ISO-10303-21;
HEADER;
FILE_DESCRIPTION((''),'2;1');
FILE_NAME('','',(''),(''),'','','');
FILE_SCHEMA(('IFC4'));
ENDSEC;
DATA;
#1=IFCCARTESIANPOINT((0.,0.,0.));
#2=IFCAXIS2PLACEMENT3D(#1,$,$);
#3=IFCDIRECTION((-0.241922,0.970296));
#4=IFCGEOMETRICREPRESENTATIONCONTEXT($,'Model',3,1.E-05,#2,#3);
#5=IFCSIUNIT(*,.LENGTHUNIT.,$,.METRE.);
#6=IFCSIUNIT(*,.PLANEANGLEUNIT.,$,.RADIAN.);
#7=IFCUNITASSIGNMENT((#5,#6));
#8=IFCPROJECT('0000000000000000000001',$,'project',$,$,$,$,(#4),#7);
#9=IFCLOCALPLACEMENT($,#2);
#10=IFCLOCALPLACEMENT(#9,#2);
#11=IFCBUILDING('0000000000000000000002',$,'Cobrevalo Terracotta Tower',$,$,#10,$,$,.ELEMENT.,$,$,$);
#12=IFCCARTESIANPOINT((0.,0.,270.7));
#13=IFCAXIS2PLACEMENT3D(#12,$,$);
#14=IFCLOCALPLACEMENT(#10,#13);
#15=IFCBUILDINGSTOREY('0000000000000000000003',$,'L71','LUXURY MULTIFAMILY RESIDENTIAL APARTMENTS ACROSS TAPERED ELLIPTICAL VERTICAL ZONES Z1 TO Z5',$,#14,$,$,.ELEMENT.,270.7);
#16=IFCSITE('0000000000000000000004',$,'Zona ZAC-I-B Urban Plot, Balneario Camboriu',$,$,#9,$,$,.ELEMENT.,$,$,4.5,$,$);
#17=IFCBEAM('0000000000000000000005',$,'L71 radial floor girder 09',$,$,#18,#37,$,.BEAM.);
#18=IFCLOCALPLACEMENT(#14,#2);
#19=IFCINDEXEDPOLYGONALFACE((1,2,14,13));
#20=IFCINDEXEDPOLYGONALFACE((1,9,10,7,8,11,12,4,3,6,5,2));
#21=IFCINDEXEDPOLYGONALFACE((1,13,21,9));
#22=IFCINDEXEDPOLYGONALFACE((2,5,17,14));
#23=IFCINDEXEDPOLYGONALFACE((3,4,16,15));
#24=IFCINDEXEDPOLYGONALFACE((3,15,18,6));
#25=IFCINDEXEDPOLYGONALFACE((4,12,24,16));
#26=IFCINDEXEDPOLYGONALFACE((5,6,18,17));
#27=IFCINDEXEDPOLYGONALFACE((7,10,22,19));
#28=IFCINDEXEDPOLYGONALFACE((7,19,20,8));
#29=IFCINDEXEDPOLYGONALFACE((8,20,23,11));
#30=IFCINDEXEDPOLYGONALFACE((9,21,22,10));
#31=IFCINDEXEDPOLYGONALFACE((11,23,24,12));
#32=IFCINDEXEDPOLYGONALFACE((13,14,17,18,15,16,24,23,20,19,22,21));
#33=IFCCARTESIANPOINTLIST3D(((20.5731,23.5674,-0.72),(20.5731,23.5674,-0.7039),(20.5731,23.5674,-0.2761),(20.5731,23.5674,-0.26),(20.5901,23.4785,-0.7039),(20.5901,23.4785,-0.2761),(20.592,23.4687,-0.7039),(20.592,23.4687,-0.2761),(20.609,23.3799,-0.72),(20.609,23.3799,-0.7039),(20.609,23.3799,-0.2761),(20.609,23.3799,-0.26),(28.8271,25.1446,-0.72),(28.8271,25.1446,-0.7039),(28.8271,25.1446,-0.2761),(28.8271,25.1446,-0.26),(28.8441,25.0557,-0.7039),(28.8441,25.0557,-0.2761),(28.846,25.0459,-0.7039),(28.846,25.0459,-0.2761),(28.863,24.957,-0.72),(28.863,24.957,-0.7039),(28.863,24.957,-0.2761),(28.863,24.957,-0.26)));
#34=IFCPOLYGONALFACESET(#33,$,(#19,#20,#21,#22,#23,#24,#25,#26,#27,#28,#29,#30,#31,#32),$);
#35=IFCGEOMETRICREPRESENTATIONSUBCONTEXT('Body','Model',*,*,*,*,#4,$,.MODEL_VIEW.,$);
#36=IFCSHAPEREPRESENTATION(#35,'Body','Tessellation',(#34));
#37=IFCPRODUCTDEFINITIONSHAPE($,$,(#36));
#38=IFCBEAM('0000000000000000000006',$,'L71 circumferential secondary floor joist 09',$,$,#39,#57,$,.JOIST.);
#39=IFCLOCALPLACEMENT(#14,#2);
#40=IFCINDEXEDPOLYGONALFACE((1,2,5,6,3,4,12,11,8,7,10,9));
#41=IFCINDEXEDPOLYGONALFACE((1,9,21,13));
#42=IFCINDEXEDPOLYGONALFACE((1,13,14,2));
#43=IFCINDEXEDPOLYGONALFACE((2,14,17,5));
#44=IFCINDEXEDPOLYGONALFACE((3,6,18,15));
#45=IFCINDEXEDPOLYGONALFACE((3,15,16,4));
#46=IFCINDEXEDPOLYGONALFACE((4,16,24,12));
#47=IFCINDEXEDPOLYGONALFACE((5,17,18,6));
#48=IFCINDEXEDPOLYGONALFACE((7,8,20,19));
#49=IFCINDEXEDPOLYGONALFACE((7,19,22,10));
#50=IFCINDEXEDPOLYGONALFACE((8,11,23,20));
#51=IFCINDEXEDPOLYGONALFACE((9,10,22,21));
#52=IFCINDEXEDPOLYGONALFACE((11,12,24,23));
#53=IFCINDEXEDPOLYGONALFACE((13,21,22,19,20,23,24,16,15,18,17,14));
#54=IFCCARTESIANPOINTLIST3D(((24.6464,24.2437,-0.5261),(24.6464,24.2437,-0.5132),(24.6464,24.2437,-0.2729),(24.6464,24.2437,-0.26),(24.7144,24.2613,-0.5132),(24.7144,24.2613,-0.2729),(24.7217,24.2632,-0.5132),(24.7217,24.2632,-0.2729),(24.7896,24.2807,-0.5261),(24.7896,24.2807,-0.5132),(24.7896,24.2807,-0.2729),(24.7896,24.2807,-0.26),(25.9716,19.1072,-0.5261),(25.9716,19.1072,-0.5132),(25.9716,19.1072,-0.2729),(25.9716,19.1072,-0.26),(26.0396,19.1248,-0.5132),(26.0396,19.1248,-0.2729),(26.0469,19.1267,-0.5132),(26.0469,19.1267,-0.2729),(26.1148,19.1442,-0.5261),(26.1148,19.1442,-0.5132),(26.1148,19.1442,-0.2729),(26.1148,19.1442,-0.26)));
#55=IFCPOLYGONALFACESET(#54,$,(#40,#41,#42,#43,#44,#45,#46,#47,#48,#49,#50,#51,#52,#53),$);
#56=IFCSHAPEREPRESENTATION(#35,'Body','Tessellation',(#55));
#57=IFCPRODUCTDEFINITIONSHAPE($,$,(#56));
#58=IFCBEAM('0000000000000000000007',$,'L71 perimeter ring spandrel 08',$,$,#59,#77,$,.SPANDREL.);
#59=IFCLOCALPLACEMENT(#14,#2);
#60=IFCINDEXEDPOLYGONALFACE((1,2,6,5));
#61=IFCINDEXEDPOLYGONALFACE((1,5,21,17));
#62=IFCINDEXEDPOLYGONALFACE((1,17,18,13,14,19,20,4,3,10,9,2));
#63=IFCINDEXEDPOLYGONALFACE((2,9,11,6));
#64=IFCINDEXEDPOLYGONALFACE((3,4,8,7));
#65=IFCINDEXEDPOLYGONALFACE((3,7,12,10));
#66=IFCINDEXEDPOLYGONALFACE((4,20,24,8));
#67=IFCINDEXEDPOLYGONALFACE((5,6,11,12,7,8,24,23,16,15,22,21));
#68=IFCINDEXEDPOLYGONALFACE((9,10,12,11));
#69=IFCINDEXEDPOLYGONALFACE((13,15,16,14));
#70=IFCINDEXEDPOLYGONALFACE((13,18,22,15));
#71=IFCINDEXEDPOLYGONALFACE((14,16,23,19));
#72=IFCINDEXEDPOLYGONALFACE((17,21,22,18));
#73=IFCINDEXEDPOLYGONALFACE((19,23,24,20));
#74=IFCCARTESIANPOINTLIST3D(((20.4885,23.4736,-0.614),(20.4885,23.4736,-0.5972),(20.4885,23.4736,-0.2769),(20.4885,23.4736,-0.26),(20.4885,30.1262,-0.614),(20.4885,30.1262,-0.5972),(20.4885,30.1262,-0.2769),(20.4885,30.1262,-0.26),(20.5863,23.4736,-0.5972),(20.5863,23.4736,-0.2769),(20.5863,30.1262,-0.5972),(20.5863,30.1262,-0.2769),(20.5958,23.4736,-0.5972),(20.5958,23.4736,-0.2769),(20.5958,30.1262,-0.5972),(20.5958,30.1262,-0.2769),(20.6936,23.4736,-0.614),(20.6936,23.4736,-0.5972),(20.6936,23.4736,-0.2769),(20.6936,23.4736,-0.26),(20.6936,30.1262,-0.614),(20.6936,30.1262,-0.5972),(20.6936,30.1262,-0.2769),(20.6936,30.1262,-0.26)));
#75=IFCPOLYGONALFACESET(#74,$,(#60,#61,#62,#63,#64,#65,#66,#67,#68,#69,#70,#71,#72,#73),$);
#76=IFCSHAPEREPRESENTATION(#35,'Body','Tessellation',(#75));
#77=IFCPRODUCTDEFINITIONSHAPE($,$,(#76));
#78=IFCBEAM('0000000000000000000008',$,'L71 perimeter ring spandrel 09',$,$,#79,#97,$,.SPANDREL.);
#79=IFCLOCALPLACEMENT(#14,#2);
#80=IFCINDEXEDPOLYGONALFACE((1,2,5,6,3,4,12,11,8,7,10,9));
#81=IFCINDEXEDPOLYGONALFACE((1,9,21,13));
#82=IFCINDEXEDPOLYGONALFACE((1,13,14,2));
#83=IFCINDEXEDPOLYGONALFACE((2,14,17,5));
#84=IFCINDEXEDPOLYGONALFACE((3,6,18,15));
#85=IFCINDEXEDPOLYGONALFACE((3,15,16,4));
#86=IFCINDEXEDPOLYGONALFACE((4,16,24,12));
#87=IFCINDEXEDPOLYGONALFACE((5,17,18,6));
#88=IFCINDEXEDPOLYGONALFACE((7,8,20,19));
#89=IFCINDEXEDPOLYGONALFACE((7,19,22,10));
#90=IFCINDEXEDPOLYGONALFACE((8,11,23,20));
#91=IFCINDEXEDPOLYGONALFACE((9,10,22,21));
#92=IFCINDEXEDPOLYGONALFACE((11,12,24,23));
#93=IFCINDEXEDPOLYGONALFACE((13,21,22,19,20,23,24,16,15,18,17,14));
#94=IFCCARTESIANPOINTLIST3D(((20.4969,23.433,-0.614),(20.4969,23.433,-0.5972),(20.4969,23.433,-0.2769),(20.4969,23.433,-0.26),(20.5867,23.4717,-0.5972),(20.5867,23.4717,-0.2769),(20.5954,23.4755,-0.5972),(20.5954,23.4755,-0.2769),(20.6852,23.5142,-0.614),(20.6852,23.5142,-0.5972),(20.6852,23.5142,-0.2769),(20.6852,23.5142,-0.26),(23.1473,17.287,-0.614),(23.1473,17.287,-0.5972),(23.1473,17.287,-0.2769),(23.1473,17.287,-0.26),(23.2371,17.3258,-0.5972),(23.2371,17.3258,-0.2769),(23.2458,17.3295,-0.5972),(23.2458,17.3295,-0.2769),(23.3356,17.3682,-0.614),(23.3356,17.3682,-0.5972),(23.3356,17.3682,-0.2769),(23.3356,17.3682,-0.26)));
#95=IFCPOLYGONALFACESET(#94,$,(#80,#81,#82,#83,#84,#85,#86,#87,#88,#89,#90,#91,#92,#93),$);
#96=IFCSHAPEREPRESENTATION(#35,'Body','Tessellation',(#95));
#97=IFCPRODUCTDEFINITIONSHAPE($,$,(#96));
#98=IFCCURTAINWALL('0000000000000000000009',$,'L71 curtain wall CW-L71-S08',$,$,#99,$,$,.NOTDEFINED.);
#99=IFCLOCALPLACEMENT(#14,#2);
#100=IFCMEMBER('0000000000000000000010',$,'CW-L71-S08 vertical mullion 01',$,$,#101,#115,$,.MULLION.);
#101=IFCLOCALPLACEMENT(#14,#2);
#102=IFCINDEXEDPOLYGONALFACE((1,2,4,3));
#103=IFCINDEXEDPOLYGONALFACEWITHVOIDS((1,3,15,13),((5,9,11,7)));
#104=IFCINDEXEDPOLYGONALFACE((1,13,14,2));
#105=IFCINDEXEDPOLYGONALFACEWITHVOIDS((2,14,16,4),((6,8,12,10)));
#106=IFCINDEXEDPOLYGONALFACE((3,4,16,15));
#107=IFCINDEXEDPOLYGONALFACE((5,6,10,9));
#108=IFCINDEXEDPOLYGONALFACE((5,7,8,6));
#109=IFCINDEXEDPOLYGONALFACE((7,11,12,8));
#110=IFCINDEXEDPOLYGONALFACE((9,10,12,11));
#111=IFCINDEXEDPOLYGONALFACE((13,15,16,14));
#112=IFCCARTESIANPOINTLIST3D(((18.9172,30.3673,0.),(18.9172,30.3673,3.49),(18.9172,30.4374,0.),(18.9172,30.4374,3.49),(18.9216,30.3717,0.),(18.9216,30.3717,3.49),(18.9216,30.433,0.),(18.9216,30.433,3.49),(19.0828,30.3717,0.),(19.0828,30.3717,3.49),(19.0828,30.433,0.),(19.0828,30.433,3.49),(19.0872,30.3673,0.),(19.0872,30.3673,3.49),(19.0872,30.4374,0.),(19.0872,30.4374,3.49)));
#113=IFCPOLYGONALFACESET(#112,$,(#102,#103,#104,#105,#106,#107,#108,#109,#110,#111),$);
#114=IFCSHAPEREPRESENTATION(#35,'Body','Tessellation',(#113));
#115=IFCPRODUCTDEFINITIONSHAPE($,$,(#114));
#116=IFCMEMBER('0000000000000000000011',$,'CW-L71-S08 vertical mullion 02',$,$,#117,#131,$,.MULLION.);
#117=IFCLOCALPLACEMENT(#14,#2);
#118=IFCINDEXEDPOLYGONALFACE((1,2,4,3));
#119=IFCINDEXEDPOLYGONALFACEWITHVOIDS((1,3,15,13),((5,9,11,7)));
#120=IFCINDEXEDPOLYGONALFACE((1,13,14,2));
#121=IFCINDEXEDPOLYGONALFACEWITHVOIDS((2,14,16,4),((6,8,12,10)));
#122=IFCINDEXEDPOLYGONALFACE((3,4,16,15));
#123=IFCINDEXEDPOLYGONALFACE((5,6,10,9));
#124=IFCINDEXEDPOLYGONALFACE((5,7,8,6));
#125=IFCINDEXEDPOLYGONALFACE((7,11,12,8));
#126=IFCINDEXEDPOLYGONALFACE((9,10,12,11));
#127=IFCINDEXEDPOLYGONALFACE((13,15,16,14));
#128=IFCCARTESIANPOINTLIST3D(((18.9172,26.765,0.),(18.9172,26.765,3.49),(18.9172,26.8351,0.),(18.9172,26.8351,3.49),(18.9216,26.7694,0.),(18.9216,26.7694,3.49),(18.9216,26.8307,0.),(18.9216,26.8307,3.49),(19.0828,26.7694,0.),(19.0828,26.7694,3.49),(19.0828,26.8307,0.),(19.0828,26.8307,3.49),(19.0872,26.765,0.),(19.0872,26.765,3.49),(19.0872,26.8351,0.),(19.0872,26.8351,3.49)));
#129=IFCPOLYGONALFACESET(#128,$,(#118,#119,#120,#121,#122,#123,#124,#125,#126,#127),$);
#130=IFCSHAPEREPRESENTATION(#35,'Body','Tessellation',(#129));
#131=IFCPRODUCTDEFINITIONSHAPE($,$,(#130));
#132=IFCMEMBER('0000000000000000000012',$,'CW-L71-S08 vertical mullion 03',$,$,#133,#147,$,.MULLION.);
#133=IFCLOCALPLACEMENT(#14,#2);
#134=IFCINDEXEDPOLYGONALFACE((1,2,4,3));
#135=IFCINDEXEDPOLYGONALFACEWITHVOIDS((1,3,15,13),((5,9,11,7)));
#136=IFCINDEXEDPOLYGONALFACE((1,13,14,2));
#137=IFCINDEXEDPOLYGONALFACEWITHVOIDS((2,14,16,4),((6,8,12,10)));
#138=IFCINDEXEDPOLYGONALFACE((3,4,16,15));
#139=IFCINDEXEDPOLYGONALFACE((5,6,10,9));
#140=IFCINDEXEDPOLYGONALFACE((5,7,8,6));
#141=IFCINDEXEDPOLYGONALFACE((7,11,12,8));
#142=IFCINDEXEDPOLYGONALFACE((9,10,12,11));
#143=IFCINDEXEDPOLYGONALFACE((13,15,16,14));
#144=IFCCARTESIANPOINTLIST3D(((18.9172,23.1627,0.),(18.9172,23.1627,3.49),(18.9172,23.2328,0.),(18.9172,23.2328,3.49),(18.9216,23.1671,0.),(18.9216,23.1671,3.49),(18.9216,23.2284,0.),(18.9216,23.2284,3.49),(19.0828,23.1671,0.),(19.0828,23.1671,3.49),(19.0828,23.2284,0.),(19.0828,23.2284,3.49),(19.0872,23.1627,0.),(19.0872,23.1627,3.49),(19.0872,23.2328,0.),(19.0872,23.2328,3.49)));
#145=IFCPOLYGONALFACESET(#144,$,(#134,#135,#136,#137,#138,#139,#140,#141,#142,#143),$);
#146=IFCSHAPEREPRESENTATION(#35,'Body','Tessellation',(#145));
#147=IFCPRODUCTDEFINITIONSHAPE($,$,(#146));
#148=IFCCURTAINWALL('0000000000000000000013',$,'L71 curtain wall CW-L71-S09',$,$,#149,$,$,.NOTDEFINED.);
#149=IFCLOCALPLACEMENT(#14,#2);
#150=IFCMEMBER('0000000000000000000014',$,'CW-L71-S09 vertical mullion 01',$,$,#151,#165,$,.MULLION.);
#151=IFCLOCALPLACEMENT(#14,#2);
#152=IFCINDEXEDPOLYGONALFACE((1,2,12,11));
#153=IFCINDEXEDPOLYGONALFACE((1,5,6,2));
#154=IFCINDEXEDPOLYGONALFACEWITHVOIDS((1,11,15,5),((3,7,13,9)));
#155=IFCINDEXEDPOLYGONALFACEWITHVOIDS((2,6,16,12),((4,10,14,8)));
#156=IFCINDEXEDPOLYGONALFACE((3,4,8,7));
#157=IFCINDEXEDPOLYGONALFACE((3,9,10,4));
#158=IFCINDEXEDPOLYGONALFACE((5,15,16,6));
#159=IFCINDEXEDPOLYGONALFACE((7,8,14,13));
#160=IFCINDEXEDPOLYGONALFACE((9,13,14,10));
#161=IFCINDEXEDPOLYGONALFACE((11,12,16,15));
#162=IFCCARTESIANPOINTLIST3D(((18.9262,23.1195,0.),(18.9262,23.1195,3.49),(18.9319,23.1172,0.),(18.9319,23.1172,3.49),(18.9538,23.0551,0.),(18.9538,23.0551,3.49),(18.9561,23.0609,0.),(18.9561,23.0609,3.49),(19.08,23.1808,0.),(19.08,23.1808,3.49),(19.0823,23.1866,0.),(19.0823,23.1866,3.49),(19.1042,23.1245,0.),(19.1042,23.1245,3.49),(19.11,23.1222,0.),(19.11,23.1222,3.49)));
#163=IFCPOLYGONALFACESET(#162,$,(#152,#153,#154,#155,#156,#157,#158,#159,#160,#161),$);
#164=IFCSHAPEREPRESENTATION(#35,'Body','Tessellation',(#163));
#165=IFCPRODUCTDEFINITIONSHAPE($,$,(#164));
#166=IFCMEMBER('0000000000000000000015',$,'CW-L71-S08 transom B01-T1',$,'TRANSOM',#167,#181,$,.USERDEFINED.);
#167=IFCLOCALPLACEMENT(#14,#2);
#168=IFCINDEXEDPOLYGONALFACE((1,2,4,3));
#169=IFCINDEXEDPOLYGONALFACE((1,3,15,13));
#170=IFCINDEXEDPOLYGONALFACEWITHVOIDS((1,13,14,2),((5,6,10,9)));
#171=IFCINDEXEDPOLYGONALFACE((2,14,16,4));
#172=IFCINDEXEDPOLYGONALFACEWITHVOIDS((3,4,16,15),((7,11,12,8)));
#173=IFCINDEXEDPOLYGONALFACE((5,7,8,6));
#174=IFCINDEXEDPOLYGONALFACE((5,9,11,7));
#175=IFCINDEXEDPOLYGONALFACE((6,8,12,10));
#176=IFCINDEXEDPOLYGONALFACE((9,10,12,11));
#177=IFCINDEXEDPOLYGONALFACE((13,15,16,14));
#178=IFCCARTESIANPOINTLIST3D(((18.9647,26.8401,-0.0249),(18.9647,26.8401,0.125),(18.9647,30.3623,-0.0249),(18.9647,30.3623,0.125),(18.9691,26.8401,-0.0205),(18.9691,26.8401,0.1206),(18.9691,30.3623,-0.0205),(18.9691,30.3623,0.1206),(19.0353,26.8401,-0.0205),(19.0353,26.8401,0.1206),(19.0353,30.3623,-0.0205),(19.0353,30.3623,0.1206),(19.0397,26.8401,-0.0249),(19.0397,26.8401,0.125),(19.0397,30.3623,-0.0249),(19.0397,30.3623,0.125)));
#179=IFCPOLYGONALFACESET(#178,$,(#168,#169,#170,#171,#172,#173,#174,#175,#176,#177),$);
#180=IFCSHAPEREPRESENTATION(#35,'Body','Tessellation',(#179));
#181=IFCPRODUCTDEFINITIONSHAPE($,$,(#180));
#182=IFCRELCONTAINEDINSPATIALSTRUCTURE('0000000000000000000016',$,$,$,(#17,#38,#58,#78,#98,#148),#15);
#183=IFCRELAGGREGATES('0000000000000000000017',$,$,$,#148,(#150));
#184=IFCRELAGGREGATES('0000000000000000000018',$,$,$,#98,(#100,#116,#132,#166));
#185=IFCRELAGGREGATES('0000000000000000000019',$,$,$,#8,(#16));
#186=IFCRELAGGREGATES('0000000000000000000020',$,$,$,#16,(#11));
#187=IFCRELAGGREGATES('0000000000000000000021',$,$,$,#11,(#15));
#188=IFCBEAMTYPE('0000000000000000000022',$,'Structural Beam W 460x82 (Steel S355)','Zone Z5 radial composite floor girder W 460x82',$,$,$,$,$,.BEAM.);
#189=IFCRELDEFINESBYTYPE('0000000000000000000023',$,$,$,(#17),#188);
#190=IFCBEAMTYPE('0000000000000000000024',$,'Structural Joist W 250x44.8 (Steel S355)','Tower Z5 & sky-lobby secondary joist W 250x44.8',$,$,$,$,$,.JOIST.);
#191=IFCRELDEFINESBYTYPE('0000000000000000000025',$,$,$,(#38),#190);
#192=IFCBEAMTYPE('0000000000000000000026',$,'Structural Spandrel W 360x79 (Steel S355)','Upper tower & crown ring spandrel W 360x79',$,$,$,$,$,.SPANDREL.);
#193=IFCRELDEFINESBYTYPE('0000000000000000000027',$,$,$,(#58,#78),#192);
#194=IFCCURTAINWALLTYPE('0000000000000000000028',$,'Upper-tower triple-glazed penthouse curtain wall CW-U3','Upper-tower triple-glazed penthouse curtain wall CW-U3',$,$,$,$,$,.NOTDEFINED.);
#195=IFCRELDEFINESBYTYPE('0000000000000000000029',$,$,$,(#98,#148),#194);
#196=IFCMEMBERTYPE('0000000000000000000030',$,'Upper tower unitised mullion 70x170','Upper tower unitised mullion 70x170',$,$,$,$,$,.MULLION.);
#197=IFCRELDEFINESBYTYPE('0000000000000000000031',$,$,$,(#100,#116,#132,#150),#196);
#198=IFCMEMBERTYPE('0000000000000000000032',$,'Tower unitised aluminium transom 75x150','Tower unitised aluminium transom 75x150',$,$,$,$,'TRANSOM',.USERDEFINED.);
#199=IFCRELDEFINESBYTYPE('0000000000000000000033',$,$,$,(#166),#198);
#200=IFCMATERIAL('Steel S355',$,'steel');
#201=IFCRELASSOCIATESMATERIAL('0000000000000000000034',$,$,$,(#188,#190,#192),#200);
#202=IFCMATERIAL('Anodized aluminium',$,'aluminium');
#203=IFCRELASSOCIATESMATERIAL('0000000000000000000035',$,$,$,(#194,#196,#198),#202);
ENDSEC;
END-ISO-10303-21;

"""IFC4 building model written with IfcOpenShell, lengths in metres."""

from ifc_helpers import new_model, si_unit, direction, frame, origin, origin_2d, place, context, subcontext, project, spatial, hollow_rectangle, i_section, extrude, source, transform, mapped, material, material_profile, profile_set, type_object, element, aggregate, save


model = new_model("IFC4")

# Units and contexts
model_context = context("Model", 3, precision=1e-05, world=origin(), true_north=direction((-0.241922, 0.970296)))
body_context = subcontext(model_context, "Body", "Model", "MODEL_VIEW")
ifc_project = project(units=[si_unit("LENGTHUNIT", "METRE"), si_unit("PLANEANGLEUNIT", "RADIAN")], contexts=[model_context])

# Site, building, storey
site_placement = place(None, origin())
site = spatial("IfcSite", under=ifc_project, at=site_placement, Name="Zona ZAC-I-B Urban Plot, Balneario Camboriu", CompositionType="ELEMENT", RefElevation=4.5)
building_placement = place(site_placement, origin())
building = spatial("IfcBuilding", under=site, at=building_placement, Name="Cobrevalo Terracotta Tower", CompositionType="ELEMENT")
storey_placement = place(building_placement, frame((0.0, 0.0, 270.7)))
storey = spatial("IfcBuildingStorey", under=building, at=storey_placement, Name="L71", Description="LUXURY MULTIFAMILY RESIDENTIAL APARTMENTS ACROSS TAPERED ELLIPTICAL VERTICAL ZONES Z1 TO Z5", CompositionType="ELEMENT", Elevation=270.7)

# Shared definitions
ifc_material_1 = material(Name="Steel S355", Category="steel")

# Beams
ifc_material_profile_1 = material_profile(ifc_material_1, i_section(OverallWidth=0.1909, OverallDepth=0.46, WebThickness=0.01, FlangeThickness=0.0161, at=origin_2d()), Name="W 460x82")
ifc_profile_set_1 = profile_set([ifc_material_profile_1], Name="Steel S355")
beam_type_1 = type_object("IfcBeamType", Name="Structural Beam W 460x82 (Steel S355)", Description="Zone Z5 radial composite floor girder W 460x82", PredefinedType="BEAM", material=ifc_profile_set_1)
beam_1_placement = place(storey_placement, frame((20.5911, 23.4736, -0.49), z_axis=(0.98223, 0.187683, 0.0), x_axis=(-0.187683, 0.98223, 0.0)))
element("IfcBeam", 1, at=beam_1_placement, inside=storey, type_object=beam_type_1, Name="L71 radial floor girder 09", PredefinedType="BEAM", context=body_context, shape_type="SweptSolid", body=[
    extrude(i_section(OverallWidth=0.1909, OverallDepth=0.46, WebThickness=0.01, FlangeThickness=0.0161, at=origin_2d()), origin(), (0.0, 0.0, 1.0), 8.4033),
])
ifc_material_profile_2 = material_profile(ifc_material_1, i_section(OverallWidth=0.1479, OverallDepth=0.2661, WebThickness=0.0076, FlangeThickness=0.0129, at=origin_2d()), Name="W 250x44.8")
ifc_profile_set_2 = profile_set([ifc_material_profile_2], Name="Steel S355")
beam_type_2 = type_object("IfcBeamType", Name="Structural Joist W 250x44.8 (Steel S355)", Description="Tower Z5 & sky-lobby secondary joist W 250x44.8", PredefinedType="JOIST", material=ifc_profile_set_2)
beam_2_placement = place(storey_placement, frame((24.718, 24.2622, -0.3931), z_axis=(0.249817, -0.968293, 0.0), x_axis=(0.968293, 0.249817, 0.0)))
element("IfcBeam", 2, at=beam_2_placement, inside=storey, type_object=beam_type_2, Name="L71 circumferential secondary floor joist 09", PredefinedType="JOIST", context=body_context, shape_type="SweptSolid", body=[
    extrude(i_section(OverallWidth=0.1479, OverallDepth=0.2661, WebThickness=0.0076, FlangeThickness=0.0129, at=origin_2d()), origin(), (0.0, 0.0, 1.0), 5.3047),
])
ifc_material_profile_3 = material_profile(ifc_material_1, i_section(OverallWidth=0.2051, OverallDepth=0.354, WebThickness=0.0095, FlangeThickness=0.0168, at=origin_2d()), Name="W 360x79")
ifc_profile_set_3 = profile_set([ifc_material_profile_3], Name="Steel S355")
beam_type_3 = type_object("IfcBeamType", Name="Structural Spandrel W 360x79 (Steel S355)", Description="Upper tower & crown ring spandrel W 360x79", PredefinedType="SPANDREL", material=ifc_profile_set_3)
beam_3_placement = place(storey_placement, frame((20.5911, 30.1262, -0.437), z_axis=(0.0, -1.0, 0.0), x_axis=(1.0, 0.0, 0.0)))
element("IfcBeam", 3, at=beam_3_placement, inside=storey, type_object=beam_type_3, Name="L71 perimeter ring spandrel 08", PredefinedType="SPANDREL", context=body_context, shape_type="SweptSolid", body=[
    extrude(i_section(OverallWidth=0.2051, OverallDepth=0.354, WebThickness=0.0095, FlangeThickness=0.0168, at=origin_2d()), origin(), (0.0, 0.0, 1.0), 6.6526),
])
beam_4_placement = place(storey_placement, frame((20.5911, 23.4736, -0.437), z_axis=(0.395987, -0.918256, 0.0), x_axis=(0.918256, 0.395987, 0.0)))
element("IfcBeam", 4, at=beam_4_placement, inside=storey, type_object=beam_type_3, Name="L71 perimeter ring spandrel 09", PredefinedType="SPANDREL", context=body_context, shape_type="SweptSolid", body=[
    extrude(i_section(OverallWidth=0.2051, OverallDepth=0.354, WebThickness=0.0095, FlangeThickness=0.0168, at=origin_2d()), origin(), (0.0, 0.0, 1.0), 6.6931),
])

# Curtain wall, members
ifc_material_2 = material(Name="Anodized aluminium", Category="aluminium")
curtain_wall_type = type_object("IfcCurtainWallType", Name="Upper-tower triple-glazed penthouse curtain wall CW-U3", Description="Upper-tower triple-glazed penthouse curtain wall CW-U3", PredefinedType="NOTDEFINED", material=ifc_material_2)
curtain_wall_1_placement = place(storey_placement, origin())
curtain_wall_1 = element("IfcCurtainWall", 5, at=curtain_wall_1_placement, inside=storey, type_object=curtain_wall_type, Name="L71 curtain wall CW-L71-S08", PredefinedType="NOTDEFINED")
ifc_material_profile_4 = material_profile(ifc_material_2, hollow_rectangle(XDim=0.0701, YDim=0.1699, WallThickness=0.0044, at=origin_2d()), Name="CWM 70x170")
ifc_profile_set_4 = profile_set([ifc_material_profile_4], Name="Anodized aluminium")
member_type_1 = type_object("IfcMemberType", Name="Upper tower unitised mullion 70x170", Description="Upper tower unitised mullion 70x170", PredefinedType="MULLION", material=ifc_profile_set_4)
shared_shape_1 = source(origin(), body_context, "Body", "SweptSolid", [
    extrude(hollow_rectangle(XDim=0.0701, YDim=0.1699, WallThickness=0.0044, at=origin_2d()), origin(), (0.0, 0.0, 1.0), 3.49),
])
member_1_placement = place(storey_placement, frame((19.0022, 30.4023, 0.0), z_axis=(0.0, 0.0, 1.0), x_axis=(0.0, -1.0, 0.0)))
member_1 = element("IfcMember", 6, at=member_1_placement, type_object=member_type_1, Name="CW-L71-S08 vertical mullion 01", PredefinedType="MULLION", context=body_context, shape_type="MappedRepresentation", body=[
    mapped(shared_shape_1, transform((0.0, 0.0, 0.0), scale=1.0)),
])
member_2_placement = place(storey_placement, frame((19.0022, 26.8, 0.0), z_axis=(0.0, 0.0, 1.0), x_axis=(0.0, -1.0, 0.0)))
member_2 = element("IfcMember", 7, at=member_2_placement, type_object=member_type_1, Name="CW-L71-S08 vertical mullion 02", PredefinedType="MULLION", context=body_context, shape_type="MappedRepresentation", body=[
    mapped(shared_shape_1, transform((0.0, 0.0, 0.0), scale=1.0)),
])
member_3_placement = place(storey_placement, frame((19.0022, 23.1978, 0.0), z_axis=(0.0, 0.0, 1.0), x_axis=(0.0, -1.0, 0.0)))
member_3 = element("IfcMember", 8, at=member_3_placement, type_object=member_type_1, Name="CW-L71-S08 vertical mullion 03", PredefinedType="MULLION", context=body_context, shape_type="MappedRepresentation", body=[
    mapped(shared_shape_1, transform((0.0, 0.0, 0.0), scale=1.0)),
])

# Curtain wall, member
curtain_wall_2_placement = place(storey_placement, origin())
curtain_wall_2 = element("IfcCurtainWall", 9, at=curtain_wall_2_placement, inside=storey, type_object=curtain_wall_type, Name="L71 curtain wall CW-L71-S09", PredefinedType="NOTDEFINED")
member_4_placement = place(storey_placement, frame((19.0181, 23.1208, 0.0), z_axis=(0.0, 0.0, 1.0), x_axis=(0.394824, -0.918757, 0.0)))
member_4 = element("IfcMember", 10, at=member_4_placement, type_object=member_type_1, Name="CW-L71-S09 vertical mullion 01", PredefinedType="MULLION", context=body_context, shape_type="MappedRepresentation", body=[
    mapped(shared_shape_1, transform((0.0, 0.0, 0.0), scale=1.0)),
])
aggregate(curtain_wall_2, [member_4])

# Member
ifc_material_profile_5 = material_profile(ifc_material_2, hollow_rectangle(XDim=0.075, YDim=0.1499, WallThickness=0.0044, at=origin_2d()), Name="CWT 75x150")
ifc_profile_set_5 = profile_set([ifc_material_profile_5], Name="Anodized aluminium")
member_type_2 = type_object("IfcMemberType", Name="Tower unitised aluminium transom 75x150", Description="Tower unitised aluminium transom 75x150", ElementType="TRANSOM", PredefinedType="USERDEFINED", material=ifc_profile_set_5)
shared_shape_2 = source(origin(), body_context, "Body", "SweptSolid", [
    extrude(hollow_rectangle(XDim=0.075, YDim=0.1499, WallThickness=0.0044, at=origin_2d()), origin(), (0.0, 0.0, 1.0), 3.5222),
])
member_5_placement = place(storey_placement, frame((19.0022, 30.3623, 0.05), z_axis=(0.0, -1.0, 0.0), x_axis=(1.0, 0.0, 0.0)))
member_5 = element("IfcMember", 11, at=member_5_placement, type_object=member_type_2, Name="CW-L71-S08 transom B01-T1", ObjectType="TRANSOM", PredefinedType="USERDEFINED", context=body_context, shape_type="MappedRepresentation", body=[
    mapped(shared_shape_2, transform((0.0, 0.0, 0.0), scale=1.0)),
])

aggregate(curtain_wall_1, [member_1, member_2, member_3, member_5])

save(model, "model.ifc")
